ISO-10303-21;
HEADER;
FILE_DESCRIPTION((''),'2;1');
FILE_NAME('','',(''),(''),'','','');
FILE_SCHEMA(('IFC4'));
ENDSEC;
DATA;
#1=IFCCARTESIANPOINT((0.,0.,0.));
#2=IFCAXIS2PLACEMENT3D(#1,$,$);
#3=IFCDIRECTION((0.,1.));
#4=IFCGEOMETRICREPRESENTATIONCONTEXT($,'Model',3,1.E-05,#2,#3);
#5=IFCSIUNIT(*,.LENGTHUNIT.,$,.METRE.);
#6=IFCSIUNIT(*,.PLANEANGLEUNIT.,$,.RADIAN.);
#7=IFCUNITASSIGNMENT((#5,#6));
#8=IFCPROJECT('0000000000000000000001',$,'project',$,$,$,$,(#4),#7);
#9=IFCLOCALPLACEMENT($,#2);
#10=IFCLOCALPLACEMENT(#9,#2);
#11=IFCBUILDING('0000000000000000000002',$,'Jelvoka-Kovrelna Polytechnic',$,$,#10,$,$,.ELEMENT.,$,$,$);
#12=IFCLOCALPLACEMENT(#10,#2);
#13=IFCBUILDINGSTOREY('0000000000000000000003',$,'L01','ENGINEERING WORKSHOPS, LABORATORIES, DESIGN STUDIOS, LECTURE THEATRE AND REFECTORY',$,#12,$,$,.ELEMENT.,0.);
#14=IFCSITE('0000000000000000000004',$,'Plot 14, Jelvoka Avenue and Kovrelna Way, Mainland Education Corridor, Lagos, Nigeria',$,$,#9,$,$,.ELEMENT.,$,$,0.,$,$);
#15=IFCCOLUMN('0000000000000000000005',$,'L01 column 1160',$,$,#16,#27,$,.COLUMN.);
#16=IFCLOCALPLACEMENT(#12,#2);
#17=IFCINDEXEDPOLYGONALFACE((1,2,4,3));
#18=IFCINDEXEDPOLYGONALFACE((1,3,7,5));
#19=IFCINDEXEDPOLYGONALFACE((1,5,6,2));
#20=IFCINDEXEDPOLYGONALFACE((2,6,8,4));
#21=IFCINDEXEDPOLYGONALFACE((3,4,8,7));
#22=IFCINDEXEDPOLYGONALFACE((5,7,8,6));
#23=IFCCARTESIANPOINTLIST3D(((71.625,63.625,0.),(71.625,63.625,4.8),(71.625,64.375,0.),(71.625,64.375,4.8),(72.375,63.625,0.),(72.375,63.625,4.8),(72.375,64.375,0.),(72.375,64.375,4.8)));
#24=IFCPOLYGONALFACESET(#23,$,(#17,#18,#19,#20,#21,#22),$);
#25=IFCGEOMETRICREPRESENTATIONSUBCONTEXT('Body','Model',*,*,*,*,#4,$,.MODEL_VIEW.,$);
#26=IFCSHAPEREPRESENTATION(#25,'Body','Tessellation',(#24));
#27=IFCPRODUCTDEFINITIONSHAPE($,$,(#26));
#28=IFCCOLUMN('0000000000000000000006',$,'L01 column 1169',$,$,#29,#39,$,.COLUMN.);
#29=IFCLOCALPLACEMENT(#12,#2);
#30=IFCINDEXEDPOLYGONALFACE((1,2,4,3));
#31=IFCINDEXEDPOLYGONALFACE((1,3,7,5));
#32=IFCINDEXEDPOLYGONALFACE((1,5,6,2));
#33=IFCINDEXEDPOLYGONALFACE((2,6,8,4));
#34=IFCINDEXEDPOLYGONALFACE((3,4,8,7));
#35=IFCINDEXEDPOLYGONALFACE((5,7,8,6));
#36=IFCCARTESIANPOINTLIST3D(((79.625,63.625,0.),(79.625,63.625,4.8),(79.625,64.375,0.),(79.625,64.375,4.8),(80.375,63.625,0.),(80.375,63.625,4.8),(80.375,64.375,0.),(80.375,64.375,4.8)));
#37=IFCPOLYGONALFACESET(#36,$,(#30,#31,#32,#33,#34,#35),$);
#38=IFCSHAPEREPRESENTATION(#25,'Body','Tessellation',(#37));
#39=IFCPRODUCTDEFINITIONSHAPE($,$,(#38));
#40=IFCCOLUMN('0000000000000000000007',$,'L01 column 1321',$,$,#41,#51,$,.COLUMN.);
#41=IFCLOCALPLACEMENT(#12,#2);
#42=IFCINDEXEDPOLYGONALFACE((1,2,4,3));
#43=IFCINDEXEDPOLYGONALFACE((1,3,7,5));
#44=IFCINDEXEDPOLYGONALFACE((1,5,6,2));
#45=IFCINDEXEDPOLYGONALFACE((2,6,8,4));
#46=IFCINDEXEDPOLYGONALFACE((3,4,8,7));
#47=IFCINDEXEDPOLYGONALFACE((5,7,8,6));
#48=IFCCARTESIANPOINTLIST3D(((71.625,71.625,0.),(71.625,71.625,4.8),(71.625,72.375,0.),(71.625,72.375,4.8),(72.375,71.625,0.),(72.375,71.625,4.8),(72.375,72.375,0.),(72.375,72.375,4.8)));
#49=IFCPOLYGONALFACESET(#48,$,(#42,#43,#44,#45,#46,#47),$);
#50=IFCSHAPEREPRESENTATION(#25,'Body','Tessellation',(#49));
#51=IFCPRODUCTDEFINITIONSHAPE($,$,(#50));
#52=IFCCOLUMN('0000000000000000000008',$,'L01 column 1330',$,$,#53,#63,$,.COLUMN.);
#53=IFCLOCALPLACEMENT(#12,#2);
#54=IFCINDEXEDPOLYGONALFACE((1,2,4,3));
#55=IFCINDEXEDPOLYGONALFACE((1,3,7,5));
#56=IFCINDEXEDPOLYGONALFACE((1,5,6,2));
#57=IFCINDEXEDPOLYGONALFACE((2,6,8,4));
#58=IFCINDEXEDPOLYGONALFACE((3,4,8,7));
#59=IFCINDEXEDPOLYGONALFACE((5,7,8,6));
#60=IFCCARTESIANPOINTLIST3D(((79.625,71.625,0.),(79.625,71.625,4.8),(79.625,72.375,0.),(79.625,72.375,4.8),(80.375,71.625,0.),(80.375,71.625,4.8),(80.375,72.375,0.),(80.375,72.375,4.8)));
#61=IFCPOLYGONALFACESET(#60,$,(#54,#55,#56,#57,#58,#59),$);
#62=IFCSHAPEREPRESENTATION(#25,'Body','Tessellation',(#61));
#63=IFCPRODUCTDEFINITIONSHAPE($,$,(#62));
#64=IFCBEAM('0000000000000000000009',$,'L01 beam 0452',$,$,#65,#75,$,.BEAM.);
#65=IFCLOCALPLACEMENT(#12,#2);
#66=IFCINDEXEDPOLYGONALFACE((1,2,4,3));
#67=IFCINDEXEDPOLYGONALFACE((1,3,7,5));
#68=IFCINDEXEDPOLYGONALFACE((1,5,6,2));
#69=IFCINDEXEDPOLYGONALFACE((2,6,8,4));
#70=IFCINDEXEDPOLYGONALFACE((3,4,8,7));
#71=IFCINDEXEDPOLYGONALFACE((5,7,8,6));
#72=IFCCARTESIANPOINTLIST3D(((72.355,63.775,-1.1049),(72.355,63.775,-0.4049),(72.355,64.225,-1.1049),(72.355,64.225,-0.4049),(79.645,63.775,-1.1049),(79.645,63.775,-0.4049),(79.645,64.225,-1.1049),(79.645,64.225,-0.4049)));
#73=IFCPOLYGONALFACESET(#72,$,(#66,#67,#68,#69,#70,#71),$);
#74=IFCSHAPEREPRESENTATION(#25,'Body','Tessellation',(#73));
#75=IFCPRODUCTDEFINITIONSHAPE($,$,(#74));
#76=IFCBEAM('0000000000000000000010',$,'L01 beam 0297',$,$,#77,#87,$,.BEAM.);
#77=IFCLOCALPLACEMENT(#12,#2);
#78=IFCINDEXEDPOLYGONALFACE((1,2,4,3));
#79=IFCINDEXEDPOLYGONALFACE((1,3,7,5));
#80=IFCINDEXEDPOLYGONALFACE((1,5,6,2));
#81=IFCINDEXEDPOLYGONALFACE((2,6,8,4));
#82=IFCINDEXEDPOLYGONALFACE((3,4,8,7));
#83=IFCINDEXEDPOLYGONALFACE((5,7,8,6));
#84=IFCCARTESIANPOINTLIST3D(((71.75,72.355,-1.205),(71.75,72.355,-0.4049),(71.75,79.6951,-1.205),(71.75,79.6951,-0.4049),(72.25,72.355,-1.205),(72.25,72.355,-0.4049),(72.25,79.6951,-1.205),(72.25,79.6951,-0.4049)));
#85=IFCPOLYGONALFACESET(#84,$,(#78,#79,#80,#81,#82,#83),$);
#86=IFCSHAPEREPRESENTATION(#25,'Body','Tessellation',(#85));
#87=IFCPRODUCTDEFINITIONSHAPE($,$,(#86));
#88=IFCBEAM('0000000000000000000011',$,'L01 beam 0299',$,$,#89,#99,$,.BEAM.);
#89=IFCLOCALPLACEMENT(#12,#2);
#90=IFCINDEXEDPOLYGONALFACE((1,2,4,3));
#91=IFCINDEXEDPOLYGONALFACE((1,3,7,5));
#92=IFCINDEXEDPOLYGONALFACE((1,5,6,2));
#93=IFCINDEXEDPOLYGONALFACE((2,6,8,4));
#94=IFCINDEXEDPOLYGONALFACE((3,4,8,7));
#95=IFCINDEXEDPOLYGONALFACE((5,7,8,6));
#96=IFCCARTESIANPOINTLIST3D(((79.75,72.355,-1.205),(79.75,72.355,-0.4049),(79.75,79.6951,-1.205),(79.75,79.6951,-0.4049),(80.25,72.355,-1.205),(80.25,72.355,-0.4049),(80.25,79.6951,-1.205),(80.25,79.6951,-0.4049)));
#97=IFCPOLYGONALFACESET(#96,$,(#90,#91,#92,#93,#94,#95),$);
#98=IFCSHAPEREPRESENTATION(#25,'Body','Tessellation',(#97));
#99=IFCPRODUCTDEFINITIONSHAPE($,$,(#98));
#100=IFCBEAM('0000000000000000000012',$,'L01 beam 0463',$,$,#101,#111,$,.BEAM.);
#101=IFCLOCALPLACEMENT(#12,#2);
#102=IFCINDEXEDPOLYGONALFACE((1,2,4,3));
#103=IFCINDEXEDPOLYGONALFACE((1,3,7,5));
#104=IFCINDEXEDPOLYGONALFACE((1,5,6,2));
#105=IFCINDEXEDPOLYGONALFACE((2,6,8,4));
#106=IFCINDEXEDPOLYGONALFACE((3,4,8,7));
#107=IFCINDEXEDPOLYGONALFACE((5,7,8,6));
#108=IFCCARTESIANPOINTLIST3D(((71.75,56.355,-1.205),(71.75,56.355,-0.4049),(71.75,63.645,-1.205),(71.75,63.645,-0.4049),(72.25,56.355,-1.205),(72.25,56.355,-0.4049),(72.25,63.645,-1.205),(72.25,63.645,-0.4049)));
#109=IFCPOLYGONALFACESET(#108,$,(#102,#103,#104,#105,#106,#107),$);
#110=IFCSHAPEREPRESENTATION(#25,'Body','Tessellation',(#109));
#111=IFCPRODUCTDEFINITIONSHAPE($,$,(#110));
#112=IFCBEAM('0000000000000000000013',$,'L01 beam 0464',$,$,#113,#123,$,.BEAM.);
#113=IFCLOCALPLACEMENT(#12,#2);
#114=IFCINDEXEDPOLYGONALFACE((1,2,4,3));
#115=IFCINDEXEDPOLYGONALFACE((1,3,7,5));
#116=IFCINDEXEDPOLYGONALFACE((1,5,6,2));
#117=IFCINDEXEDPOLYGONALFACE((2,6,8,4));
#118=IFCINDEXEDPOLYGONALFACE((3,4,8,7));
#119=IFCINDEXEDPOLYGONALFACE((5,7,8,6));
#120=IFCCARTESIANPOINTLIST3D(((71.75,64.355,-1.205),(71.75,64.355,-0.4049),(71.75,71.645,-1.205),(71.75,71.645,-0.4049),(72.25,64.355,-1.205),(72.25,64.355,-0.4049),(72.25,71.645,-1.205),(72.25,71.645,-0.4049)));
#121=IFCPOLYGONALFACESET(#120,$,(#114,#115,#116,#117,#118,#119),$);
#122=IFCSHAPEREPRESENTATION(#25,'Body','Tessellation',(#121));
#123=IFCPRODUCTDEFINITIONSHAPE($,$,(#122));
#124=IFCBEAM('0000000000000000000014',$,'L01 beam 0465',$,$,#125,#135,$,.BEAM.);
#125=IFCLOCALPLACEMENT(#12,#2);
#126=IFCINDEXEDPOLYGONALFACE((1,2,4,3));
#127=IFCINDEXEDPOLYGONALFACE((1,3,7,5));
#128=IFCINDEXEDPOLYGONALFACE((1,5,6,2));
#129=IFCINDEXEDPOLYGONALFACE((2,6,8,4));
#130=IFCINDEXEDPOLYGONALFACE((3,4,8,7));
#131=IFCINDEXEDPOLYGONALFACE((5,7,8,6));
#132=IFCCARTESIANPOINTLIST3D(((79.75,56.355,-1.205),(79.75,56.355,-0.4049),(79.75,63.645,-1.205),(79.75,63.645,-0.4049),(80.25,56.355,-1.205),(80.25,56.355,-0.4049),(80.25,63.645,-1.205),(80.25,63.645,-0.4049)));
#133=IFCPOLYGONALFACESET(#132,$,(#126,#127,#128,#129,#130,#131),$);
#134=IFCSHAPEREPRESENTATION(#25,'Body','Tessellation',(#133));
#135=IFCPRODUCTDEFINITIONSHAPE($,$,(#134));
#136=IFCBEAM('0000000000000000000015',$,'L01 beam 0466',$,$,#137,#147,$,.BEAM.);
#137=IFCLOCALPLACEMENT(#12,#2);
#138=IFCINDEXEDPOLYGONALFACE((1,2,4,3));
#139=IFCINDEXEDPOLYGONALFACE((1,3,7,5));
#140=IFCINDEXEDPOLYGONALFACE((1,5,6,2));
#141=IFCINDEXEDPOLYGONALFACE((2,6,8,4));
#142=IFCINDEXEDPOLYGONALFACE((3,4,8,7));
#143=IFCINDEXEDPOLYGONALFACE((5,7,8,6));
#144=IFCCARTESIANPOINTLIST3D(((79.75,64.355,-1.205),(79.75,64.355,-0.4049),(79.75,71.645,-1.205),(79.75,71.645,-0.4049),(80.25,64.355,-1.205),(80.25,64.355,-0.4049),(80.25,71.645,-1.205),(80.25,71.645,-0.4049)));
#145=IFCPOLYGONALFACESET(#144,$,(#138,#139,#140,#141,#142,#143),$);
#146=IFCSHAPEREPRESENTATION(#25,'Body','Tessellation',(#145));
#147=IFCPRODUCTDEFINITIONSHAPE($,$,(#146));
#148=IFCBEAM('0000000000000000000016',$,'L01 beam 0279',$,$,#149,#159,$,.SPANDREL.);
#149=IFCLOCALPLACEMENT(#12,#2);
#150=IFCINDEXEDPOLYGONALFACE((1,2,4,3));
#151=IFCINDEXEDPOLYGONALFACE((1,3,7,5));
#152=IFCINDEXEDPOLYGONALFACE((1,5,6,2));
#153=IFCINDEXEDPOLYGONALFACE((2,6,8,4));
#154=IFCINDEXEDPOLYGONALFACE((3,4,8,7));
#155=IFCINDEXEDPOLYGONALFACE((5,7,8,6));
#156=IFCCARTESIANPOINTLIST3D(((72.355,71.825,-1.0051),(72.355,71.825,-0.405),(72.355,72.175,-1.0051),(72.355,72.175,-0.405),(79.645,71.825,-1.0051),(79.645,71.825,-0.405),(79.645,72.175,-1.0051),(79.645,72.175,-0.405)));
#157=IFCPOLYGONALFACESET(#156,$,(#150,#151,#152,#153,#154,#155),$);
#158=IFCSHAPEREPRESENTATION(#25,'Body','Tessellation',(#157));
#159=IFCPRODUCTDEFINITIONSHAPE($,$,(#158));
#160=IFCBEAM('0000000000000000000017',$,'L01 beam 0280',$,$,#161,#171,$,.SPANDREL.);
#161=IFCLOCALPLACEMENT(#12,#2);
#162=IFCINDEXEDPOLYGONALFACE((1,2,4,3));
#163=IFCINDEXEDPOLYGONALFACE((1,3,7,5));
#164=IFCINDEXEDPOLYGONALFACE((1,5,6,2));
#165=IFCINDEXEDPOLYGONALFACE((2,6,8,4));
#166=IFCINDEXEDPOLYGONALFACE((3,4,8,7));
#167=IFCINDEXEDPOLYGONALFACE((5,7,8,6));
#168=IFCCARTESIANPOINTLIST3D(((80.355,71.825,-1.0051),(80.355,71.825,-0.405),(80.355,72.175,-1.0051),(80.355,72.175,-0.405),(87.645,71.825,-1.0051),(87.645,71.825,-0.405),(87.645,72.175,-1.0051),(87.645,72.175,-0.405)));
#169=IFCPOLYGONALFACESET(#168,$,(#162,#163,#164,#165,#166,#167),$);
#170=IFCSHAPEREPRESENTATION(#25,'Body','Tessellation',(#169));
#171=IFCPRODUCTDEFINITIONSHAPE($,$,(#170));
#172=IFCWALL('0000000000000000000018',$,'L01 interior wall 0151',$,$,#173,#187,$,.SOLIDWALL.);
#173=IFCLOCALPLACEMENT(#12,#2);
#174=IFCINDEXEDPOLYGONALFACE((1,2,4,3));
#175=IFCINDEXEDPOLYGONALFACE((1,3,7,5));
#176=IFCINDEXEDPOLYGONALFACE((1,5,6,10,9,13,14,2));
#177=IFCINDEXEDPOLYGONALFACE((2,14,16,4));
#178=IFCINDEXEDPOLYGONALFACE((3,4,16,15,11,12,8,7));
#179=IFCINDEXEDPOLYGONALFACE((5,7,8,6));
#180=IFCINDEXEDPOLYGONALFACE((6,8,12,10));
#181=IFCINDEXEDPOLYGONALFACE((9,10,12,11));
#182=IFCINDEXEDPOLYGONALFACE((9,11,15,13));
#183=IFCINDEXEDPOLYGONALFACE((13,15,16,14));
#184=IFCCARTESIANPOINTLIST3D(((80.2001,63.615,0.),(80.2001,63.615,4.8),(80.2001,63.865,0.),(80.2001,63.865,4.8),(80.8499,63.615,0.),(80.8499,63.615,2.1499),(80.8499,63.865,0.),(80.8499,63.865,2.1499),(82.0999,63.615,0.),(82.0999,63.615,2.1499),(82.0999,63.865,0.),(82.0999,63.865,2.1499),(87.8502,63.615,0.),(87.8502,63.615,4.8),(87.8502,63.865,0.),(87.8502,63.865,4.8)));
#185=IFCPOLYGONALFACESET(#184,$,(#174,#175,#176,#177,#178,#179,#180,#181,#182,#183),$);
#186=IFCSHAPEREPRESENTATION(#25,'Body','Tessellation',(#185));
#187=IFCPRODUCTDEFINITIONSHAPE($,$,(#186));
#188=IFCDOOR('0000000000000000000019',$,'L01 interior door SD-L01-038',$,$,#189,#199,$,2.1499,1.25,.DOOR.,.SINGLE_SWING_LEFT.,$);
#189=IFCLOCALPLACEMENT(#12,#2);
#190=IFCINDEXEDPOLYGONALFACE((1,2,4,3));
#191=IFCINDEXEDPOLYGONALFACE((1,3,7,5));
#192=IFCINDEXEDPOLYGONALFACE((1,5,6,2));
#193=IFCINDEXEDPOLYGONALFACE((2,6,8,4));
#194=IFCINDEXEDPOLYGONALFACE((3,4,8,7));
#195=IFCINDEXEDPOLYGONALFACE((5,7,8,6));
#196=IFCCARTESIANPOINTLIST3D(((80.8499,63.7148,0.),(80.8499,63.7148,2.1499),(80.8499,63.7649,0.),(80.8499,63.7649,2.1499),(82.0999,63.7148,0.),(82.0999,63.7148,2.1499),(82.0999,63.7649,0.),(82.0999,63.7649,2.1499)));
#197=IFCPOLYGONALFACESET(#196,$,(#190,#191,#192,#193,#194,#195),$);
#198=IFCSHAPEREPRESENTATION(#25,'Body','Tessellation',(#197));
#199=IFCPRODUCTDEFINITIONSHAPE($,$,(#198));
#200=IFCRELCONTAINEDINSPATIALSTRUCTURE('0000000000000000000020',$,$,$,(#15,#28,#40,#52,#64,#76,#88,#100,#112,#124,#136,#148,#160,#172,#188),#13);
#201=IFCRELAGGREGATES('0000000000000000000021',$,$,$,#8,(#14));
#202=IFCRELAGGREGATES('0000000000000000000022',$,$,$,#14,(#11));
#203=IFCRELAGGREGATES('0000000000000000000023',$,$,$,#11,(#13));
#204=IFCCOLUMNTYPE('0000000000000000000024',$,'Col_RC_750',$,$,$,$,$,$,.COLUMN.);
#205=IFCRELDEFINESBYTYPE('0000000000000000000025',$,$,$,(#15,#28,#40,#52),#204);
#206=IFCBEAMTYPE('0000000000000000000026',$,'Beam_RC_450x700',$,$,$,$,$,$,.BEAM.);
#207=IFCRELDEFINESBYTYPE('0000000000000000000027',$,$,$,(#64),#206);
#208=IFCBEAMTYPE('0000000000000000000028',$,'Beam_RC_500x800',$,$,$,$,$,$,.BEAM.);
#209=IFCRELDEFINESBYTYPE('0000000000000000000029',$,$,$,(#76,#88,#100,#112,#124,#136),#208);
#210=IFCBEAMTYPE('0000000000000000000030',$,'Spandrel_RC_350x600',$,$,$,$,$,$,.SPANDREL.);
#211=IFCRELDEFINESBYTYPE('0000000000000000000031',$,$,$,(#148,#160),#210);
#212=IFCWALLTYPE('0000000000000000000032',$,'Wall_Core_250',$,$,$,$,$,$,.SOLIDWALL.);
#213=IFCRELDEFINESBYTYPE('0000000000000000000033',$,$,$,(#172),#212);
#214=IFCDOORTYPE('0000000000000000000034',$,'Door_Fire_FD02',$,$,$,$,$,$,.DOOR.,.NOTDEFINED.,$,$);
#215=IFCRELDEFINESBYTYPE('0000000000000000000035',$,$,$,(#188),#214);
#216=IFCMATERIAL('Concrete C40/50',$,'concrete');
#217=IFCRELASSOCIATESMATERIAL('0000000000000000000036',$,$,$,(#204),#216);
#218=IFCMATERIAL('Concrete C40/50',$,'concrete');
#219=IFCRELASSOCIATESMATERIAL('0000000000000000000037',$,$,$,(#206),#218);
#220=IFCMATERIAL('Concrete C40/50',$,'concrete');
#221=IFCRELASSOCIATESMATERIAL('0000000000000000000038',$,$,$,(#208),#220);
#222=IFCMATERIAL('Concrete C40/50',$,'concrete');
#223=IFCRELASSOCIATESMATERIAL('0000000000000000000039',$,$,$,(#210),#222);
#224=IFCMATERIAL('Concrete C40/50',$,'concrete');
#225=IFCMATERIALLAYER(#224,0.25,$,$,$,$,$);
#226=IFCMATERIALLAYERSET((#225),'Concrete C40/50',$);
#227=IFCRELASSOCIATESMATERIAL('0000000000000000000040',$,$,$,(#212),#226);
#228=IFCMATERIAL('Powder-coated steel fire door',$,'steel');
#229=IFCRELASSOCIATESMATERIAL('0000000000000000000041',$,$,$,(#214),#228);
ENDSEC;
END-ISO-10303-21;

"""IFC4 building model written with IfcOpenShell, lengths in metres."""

from ifc_helpers import new_model, si_unit, direction, frame, frame_2d, origin, origin_2d, place, context, subcontext, project, spatial, rectangle, extrude, material, layer, layer_set, material_profile, profile_set, type_object, element, fill, save


model = new_model("IFC4")

# Units and contexts
model_context = context("Model", 3, precision=1e-05, world=origin(), true_north=direction((0.0, 1.0)))
body_context = subcontext(model_context, "Body", "Model", "MODEL_VIEW")
ifc_project = project(units=[si_unit("LENGTHUNIT", "METRE"), si_unit("PLANEANGLEUNIT", "RADIAN")], contexts=[model_context])

# Site, building, storey
site_placement = place(None, origin())
site = spatial("IfcSite", under=ifc_project, at=site_placement, Name="Plot 14, Jelvoka Avenue and Kovrelna Way, Mainland Education Corridor, Lagos, Nigeria", CompositionType="ELEMENT", RefElevation=0.0)
building_placement = place(site_placement, origin())
building = spatial("IfcBuilding", under=site, at=building_placement, Name="Jelvoka-Kovrelna Polytechnic", CompositionType="ELEMENT")
storey_placement = place(building_placement, origin())
storey = spatial("IfcBuildingStorey", under=building, at=storey_placement, Name="L01", Description="ENGINEERING WORKSHOPS, LABORATORIES, DESIGN STUDIOS, LECTURE THEATRE AND REFECTORY", CompositionType="ELEMENT", Elevation=0.0)

# Columns
ifc_material_1 = material(Name="Concrete C40/50", Category="concrete")
ifc_material_profile_1 = material_profile(ifc_material_1, rectangle(XDim=0.75, YDim=0.75, at=origin_2d()), Name="RC 750x750")
ifc_profile_set_1 = profile_set([ifc_material_profile_1], Name="Concrete C40/50")
column_type = type_object("IfcColumnType", Name="Col_RC_750", PredefinedType="COLUMN", material=ifc_profile_set_1)
for number, where, z_axis, x_axis, name in (
    (1, (72.0, 64.0, 0.0), (0.0, 0.0, 1.0), (1.0, 0.0, 0.0), "L01 column 1160"),
    (2, (80.0, 64.0, 0.0), (0.0, 0.0, 1.0), (1.0, 0.0, 0.0), "L01 column 1169"),
    (3, (72.0, 72.0, 0.0), (0.0, 0.0, 1.0), (1.0, 0.0, 0.0), "L01 column 1321"),
    (4, (80.0, 72.0, 0.0), (0.0, 0.0, 1.0), (1.0, 0.0, 0.0), "L01 column 1330"),
):
    element("IfcColumn", number, at=place(storey_placement, frame(where, z_axis=z_axis, x_axis=x_axis)), inside=storey, type_object=column_type, Name=name, PredefinedType="COLUMN", context=body_context, shape_type="SweptSolid", body=[
        extrude(rectangle(XDim=0.75, YDim=0.75, at=origin_2d()), origin(), (0.0, 0.0, 1.0), 4.8),
    ])

# Beams
ifc_material_2 = material(Name="Concrete C40/50", Category="concrete")
ifc_material_profile_2 = material_profile(ifc_material_2, rectangle(XDim=0.45, YDim=0.7, at=origin_2d()), Name="RC 450x700")
ifc_profile_set_2 = profile_set([ifc_material_profile_2], Name="Concrete C40/50")
beam_type_1 = type_object("IfcBeamType", Name="Beam_RC_450x700", PredefinedType="BEAM", material=ifc_profile_set_2)
beam_placement = place(storey_placement, frame((72.355, 64.0, -0.7549), z_axis=(1.0, 0.0, 0.0), x_axis=(0.0, 1.0, 0.0)))
element("IfcBeam", 5, at=beam_placement, inside=storey, type_object=beam_type_1, Name="L01 beam 0452", PredefinedType="BEAM", context=body_context, shape_type="SweptSolid", body=[
    extrude(rectangle(XDim=0.45, YDim=0.7, at=origin_2d()), origin(), (0.0, 0.0, 1.0), 7.29),
])
ifc_material_3 = material(Name="Concrete C40/50", Category="concrete")
ifc_material_profile_3 = material_profile(ifc_material_3, rectangle(XDim=0.5, YDim=0.8, at=origin_2d()), Name="RC 500x800")
ifc_profile_set_3 = profile_set([ifc_material_profile_3], Name="Concrete C40/50")
beam_type_2 = type_object("IfcBeamType", Name="Beam_RC_500x800", PredefinedType="BEAM", material=ifc_profile_set_3)
for number, where, z_axis, x_axis, name in (
    (6, (72.0, 72.355, -0.8049), (0.0, 1.0, 0.0), (-1.0, 0.0, 0.0), "L01 beam 0297"),
    (7, (80.0, 72.355, -0.8049), (0.0, 1.0, 0.0), (-1.0, 0.0, 0.0), "L01 beam 0299"),
):
    element("IfcBeam", number, at=place(storey_placement, frame(where, z_axis=z_axis, x_axis=x_axis)), inside=storey, type_object=beam_type_2, Name=name, PredefinedType="BEAM", context=body_context, shape_type="SweptSolid", body=[
        extrude(rectangle(XDim=0.5, YDim=0.8, at=origin_2d()), origin(), (0.0, 0.0, 1.0), 7.3401),
    ])
for number, where, z_axis, x_axis, name in (
    (8, (72.0, 56.355, -0.8049), (0.0, 1.0, 0.0), (-1.0, 0.0, 0.0), "L01 beam 0463"),
    (9, (72.0, 64.355, -0.8049), (0.0, 1.0, 0.0), (-1.0, 0.0, 0.0), "L01 beam 0464"),
    (10, (80.0, 56.355, -0.8049), (0.0, 1.0, 0.0), (-1.0, 0.0, 0.0), "L01 beam 0465"),
    (11, (80.0, 64.355, -0.8049), (0.0, 1.0, 0.0), (-1.0, 0.0, 0.0), "L01 beam 0466"),
):
    element("IfcBeam", number, at=place(storey_placement, frame(where, z_axis=z_axis, x_axis=x_axis)), inside=storey, type_object=beam_type_2, Name=name, PredefinedType="BEAM", context=body_context, shape_type="SweptSolid", body=[
        extrude(rectangle(XDim=0.5, YDim=0.8, at=origin_2d()), origin(), (0.0, 0.0, 1.0), 7.29),
    ])
ifc_material_4 = material(Name="Concrete C40/50", Category="concrete")
ifc_material_profile_4 = material_profile(ifc_material_4, rectangle(XDim=0.3501, YDim=0.6001, at=origin_2d()), Name="RC 350x600")
ifc_profile_set_4 = profile_set([ifc_material_profile_4], Name="Concrete C40/50")
beam_type_3 = type_object("IfcBeamType", Name="Spandrel_RC_350x600", PredefinedType="SPANDREL", material=ifc_profile_set_4)
for number, where, z_axis, x_axis, name in (
    (12, (72.355, 72.0, -0.7051), (1.0, 0.0, 0.0), (0.0, 1.0, 0.0), "L01 beam 0279"),
    (13, (80.355, 72.0, -0.7051), (1.0, 0.0, 0.0), (0.0, 1.0, 0.0), "L01 beam 0280"),
):
    element("IfcBeam", number, at=place(storey_placement, frame(where, z_axis=z_axis, x_axis=x_axis)), inside=storey, type_object=beam_type_3, Name=name, PredefinedType="SPANDREL", context=body_context, shape_type="SweptSolid", body=[
        extrude(rectangle(XDim=0.3501, YDim=0.6001, at=origin_2d()), origin(), (0.0, 0.0, 1.0), 7.29),
    ])

# Wall, opening, door
ifc_material_5 = material(Name="Concrete C40/50", Category="concrete")
ifc_layer_1 = layer(ifc_material_5, 0.25)
ifc_layer_set_1 = layer_set([ifc_layer_1], Name="Concrete C40/50")
wall_type_1 = type_object("IfcWallType", Name="Wall_Core_250", PredefinedType="SOLIDWALL", material=ifc_layer_set_1)
wall_1_placement = place(storey_placement, frame((80.2, 63.74, 0.0), z_axis=(0.0, 0.0, 1.0), x_axis=(1.0, 0.0, 0.0)))
wall_1 = element("IfcWall", 14, at=wall_1_placement, inside=storey, type_object=wall_type_1, Name="L01 interior wall 0151", PredefinedType="SOLIDWALL", context=body_context, shape_type="SweptSolid", body=[
    extrude(rectangle(XDim=7.6501, YDim=0.25, at=frame_2d((3.8252, 0.0))), origin(), (0.0, 0.0, 1.0), 4.8),
])
opening_1_placement = place(wall_1_placement, frame((0.6499, 0.0, 0.0)))
opening_1 = element("IfcOpeningElement", 15, at=opening_1_placement, cuts=wall_1, PredefinedType="OPENING", context=body_context, shape_type="SweptSolid", body=[
    extrude(rectangle(XDim=1.25, YDim=2.1499, at=frame_2d((0.625, 1.075))), frame((0.0, 0.135, 0.0), z_axis=(0.0, -1.0, 0.0), x_axis=(1.0, 0.0, 0.0)), (0.0, 0.0, 1.0), 0.27),
])
ifc_material_6 = material(Name="Powder-coated steel fire door", Category="steel")
door_type_1 = type_object("IfcDoorType", Name="Door_Fire_FD02", OperationType="NOTDEFINED", PredefinedType="DOOR", material=ifc_material_6)
door_1_placement = place(opening_1_placement, origin())
door_1 = element("IfcDoor", 16, at=door_1_placement, inside=storey, type_object=door_type_1, Name="L01 interior door SD-L01-038", OperationType="SINGLE_SWING_LEFT", OverallHeight=2.1499, OverallWidth=1.25, PredefinedType="DOOR", context=body_context, shape_type="SweptSolid", body=[
    extrude(rectangle(XDim=1.25, YDim=2.1499, at=frame_2d((0.625, 1.075))), frame((0.0, 0.0249, 0.0), z_axis=(0.0, -1.0, 0.0), x_axis=(1.0, 0.0, 0.0)), (0.0, 0.0, 1.0), 0.05),
])
fill(opening_1, door_1)

save(model, "model.ifc")
